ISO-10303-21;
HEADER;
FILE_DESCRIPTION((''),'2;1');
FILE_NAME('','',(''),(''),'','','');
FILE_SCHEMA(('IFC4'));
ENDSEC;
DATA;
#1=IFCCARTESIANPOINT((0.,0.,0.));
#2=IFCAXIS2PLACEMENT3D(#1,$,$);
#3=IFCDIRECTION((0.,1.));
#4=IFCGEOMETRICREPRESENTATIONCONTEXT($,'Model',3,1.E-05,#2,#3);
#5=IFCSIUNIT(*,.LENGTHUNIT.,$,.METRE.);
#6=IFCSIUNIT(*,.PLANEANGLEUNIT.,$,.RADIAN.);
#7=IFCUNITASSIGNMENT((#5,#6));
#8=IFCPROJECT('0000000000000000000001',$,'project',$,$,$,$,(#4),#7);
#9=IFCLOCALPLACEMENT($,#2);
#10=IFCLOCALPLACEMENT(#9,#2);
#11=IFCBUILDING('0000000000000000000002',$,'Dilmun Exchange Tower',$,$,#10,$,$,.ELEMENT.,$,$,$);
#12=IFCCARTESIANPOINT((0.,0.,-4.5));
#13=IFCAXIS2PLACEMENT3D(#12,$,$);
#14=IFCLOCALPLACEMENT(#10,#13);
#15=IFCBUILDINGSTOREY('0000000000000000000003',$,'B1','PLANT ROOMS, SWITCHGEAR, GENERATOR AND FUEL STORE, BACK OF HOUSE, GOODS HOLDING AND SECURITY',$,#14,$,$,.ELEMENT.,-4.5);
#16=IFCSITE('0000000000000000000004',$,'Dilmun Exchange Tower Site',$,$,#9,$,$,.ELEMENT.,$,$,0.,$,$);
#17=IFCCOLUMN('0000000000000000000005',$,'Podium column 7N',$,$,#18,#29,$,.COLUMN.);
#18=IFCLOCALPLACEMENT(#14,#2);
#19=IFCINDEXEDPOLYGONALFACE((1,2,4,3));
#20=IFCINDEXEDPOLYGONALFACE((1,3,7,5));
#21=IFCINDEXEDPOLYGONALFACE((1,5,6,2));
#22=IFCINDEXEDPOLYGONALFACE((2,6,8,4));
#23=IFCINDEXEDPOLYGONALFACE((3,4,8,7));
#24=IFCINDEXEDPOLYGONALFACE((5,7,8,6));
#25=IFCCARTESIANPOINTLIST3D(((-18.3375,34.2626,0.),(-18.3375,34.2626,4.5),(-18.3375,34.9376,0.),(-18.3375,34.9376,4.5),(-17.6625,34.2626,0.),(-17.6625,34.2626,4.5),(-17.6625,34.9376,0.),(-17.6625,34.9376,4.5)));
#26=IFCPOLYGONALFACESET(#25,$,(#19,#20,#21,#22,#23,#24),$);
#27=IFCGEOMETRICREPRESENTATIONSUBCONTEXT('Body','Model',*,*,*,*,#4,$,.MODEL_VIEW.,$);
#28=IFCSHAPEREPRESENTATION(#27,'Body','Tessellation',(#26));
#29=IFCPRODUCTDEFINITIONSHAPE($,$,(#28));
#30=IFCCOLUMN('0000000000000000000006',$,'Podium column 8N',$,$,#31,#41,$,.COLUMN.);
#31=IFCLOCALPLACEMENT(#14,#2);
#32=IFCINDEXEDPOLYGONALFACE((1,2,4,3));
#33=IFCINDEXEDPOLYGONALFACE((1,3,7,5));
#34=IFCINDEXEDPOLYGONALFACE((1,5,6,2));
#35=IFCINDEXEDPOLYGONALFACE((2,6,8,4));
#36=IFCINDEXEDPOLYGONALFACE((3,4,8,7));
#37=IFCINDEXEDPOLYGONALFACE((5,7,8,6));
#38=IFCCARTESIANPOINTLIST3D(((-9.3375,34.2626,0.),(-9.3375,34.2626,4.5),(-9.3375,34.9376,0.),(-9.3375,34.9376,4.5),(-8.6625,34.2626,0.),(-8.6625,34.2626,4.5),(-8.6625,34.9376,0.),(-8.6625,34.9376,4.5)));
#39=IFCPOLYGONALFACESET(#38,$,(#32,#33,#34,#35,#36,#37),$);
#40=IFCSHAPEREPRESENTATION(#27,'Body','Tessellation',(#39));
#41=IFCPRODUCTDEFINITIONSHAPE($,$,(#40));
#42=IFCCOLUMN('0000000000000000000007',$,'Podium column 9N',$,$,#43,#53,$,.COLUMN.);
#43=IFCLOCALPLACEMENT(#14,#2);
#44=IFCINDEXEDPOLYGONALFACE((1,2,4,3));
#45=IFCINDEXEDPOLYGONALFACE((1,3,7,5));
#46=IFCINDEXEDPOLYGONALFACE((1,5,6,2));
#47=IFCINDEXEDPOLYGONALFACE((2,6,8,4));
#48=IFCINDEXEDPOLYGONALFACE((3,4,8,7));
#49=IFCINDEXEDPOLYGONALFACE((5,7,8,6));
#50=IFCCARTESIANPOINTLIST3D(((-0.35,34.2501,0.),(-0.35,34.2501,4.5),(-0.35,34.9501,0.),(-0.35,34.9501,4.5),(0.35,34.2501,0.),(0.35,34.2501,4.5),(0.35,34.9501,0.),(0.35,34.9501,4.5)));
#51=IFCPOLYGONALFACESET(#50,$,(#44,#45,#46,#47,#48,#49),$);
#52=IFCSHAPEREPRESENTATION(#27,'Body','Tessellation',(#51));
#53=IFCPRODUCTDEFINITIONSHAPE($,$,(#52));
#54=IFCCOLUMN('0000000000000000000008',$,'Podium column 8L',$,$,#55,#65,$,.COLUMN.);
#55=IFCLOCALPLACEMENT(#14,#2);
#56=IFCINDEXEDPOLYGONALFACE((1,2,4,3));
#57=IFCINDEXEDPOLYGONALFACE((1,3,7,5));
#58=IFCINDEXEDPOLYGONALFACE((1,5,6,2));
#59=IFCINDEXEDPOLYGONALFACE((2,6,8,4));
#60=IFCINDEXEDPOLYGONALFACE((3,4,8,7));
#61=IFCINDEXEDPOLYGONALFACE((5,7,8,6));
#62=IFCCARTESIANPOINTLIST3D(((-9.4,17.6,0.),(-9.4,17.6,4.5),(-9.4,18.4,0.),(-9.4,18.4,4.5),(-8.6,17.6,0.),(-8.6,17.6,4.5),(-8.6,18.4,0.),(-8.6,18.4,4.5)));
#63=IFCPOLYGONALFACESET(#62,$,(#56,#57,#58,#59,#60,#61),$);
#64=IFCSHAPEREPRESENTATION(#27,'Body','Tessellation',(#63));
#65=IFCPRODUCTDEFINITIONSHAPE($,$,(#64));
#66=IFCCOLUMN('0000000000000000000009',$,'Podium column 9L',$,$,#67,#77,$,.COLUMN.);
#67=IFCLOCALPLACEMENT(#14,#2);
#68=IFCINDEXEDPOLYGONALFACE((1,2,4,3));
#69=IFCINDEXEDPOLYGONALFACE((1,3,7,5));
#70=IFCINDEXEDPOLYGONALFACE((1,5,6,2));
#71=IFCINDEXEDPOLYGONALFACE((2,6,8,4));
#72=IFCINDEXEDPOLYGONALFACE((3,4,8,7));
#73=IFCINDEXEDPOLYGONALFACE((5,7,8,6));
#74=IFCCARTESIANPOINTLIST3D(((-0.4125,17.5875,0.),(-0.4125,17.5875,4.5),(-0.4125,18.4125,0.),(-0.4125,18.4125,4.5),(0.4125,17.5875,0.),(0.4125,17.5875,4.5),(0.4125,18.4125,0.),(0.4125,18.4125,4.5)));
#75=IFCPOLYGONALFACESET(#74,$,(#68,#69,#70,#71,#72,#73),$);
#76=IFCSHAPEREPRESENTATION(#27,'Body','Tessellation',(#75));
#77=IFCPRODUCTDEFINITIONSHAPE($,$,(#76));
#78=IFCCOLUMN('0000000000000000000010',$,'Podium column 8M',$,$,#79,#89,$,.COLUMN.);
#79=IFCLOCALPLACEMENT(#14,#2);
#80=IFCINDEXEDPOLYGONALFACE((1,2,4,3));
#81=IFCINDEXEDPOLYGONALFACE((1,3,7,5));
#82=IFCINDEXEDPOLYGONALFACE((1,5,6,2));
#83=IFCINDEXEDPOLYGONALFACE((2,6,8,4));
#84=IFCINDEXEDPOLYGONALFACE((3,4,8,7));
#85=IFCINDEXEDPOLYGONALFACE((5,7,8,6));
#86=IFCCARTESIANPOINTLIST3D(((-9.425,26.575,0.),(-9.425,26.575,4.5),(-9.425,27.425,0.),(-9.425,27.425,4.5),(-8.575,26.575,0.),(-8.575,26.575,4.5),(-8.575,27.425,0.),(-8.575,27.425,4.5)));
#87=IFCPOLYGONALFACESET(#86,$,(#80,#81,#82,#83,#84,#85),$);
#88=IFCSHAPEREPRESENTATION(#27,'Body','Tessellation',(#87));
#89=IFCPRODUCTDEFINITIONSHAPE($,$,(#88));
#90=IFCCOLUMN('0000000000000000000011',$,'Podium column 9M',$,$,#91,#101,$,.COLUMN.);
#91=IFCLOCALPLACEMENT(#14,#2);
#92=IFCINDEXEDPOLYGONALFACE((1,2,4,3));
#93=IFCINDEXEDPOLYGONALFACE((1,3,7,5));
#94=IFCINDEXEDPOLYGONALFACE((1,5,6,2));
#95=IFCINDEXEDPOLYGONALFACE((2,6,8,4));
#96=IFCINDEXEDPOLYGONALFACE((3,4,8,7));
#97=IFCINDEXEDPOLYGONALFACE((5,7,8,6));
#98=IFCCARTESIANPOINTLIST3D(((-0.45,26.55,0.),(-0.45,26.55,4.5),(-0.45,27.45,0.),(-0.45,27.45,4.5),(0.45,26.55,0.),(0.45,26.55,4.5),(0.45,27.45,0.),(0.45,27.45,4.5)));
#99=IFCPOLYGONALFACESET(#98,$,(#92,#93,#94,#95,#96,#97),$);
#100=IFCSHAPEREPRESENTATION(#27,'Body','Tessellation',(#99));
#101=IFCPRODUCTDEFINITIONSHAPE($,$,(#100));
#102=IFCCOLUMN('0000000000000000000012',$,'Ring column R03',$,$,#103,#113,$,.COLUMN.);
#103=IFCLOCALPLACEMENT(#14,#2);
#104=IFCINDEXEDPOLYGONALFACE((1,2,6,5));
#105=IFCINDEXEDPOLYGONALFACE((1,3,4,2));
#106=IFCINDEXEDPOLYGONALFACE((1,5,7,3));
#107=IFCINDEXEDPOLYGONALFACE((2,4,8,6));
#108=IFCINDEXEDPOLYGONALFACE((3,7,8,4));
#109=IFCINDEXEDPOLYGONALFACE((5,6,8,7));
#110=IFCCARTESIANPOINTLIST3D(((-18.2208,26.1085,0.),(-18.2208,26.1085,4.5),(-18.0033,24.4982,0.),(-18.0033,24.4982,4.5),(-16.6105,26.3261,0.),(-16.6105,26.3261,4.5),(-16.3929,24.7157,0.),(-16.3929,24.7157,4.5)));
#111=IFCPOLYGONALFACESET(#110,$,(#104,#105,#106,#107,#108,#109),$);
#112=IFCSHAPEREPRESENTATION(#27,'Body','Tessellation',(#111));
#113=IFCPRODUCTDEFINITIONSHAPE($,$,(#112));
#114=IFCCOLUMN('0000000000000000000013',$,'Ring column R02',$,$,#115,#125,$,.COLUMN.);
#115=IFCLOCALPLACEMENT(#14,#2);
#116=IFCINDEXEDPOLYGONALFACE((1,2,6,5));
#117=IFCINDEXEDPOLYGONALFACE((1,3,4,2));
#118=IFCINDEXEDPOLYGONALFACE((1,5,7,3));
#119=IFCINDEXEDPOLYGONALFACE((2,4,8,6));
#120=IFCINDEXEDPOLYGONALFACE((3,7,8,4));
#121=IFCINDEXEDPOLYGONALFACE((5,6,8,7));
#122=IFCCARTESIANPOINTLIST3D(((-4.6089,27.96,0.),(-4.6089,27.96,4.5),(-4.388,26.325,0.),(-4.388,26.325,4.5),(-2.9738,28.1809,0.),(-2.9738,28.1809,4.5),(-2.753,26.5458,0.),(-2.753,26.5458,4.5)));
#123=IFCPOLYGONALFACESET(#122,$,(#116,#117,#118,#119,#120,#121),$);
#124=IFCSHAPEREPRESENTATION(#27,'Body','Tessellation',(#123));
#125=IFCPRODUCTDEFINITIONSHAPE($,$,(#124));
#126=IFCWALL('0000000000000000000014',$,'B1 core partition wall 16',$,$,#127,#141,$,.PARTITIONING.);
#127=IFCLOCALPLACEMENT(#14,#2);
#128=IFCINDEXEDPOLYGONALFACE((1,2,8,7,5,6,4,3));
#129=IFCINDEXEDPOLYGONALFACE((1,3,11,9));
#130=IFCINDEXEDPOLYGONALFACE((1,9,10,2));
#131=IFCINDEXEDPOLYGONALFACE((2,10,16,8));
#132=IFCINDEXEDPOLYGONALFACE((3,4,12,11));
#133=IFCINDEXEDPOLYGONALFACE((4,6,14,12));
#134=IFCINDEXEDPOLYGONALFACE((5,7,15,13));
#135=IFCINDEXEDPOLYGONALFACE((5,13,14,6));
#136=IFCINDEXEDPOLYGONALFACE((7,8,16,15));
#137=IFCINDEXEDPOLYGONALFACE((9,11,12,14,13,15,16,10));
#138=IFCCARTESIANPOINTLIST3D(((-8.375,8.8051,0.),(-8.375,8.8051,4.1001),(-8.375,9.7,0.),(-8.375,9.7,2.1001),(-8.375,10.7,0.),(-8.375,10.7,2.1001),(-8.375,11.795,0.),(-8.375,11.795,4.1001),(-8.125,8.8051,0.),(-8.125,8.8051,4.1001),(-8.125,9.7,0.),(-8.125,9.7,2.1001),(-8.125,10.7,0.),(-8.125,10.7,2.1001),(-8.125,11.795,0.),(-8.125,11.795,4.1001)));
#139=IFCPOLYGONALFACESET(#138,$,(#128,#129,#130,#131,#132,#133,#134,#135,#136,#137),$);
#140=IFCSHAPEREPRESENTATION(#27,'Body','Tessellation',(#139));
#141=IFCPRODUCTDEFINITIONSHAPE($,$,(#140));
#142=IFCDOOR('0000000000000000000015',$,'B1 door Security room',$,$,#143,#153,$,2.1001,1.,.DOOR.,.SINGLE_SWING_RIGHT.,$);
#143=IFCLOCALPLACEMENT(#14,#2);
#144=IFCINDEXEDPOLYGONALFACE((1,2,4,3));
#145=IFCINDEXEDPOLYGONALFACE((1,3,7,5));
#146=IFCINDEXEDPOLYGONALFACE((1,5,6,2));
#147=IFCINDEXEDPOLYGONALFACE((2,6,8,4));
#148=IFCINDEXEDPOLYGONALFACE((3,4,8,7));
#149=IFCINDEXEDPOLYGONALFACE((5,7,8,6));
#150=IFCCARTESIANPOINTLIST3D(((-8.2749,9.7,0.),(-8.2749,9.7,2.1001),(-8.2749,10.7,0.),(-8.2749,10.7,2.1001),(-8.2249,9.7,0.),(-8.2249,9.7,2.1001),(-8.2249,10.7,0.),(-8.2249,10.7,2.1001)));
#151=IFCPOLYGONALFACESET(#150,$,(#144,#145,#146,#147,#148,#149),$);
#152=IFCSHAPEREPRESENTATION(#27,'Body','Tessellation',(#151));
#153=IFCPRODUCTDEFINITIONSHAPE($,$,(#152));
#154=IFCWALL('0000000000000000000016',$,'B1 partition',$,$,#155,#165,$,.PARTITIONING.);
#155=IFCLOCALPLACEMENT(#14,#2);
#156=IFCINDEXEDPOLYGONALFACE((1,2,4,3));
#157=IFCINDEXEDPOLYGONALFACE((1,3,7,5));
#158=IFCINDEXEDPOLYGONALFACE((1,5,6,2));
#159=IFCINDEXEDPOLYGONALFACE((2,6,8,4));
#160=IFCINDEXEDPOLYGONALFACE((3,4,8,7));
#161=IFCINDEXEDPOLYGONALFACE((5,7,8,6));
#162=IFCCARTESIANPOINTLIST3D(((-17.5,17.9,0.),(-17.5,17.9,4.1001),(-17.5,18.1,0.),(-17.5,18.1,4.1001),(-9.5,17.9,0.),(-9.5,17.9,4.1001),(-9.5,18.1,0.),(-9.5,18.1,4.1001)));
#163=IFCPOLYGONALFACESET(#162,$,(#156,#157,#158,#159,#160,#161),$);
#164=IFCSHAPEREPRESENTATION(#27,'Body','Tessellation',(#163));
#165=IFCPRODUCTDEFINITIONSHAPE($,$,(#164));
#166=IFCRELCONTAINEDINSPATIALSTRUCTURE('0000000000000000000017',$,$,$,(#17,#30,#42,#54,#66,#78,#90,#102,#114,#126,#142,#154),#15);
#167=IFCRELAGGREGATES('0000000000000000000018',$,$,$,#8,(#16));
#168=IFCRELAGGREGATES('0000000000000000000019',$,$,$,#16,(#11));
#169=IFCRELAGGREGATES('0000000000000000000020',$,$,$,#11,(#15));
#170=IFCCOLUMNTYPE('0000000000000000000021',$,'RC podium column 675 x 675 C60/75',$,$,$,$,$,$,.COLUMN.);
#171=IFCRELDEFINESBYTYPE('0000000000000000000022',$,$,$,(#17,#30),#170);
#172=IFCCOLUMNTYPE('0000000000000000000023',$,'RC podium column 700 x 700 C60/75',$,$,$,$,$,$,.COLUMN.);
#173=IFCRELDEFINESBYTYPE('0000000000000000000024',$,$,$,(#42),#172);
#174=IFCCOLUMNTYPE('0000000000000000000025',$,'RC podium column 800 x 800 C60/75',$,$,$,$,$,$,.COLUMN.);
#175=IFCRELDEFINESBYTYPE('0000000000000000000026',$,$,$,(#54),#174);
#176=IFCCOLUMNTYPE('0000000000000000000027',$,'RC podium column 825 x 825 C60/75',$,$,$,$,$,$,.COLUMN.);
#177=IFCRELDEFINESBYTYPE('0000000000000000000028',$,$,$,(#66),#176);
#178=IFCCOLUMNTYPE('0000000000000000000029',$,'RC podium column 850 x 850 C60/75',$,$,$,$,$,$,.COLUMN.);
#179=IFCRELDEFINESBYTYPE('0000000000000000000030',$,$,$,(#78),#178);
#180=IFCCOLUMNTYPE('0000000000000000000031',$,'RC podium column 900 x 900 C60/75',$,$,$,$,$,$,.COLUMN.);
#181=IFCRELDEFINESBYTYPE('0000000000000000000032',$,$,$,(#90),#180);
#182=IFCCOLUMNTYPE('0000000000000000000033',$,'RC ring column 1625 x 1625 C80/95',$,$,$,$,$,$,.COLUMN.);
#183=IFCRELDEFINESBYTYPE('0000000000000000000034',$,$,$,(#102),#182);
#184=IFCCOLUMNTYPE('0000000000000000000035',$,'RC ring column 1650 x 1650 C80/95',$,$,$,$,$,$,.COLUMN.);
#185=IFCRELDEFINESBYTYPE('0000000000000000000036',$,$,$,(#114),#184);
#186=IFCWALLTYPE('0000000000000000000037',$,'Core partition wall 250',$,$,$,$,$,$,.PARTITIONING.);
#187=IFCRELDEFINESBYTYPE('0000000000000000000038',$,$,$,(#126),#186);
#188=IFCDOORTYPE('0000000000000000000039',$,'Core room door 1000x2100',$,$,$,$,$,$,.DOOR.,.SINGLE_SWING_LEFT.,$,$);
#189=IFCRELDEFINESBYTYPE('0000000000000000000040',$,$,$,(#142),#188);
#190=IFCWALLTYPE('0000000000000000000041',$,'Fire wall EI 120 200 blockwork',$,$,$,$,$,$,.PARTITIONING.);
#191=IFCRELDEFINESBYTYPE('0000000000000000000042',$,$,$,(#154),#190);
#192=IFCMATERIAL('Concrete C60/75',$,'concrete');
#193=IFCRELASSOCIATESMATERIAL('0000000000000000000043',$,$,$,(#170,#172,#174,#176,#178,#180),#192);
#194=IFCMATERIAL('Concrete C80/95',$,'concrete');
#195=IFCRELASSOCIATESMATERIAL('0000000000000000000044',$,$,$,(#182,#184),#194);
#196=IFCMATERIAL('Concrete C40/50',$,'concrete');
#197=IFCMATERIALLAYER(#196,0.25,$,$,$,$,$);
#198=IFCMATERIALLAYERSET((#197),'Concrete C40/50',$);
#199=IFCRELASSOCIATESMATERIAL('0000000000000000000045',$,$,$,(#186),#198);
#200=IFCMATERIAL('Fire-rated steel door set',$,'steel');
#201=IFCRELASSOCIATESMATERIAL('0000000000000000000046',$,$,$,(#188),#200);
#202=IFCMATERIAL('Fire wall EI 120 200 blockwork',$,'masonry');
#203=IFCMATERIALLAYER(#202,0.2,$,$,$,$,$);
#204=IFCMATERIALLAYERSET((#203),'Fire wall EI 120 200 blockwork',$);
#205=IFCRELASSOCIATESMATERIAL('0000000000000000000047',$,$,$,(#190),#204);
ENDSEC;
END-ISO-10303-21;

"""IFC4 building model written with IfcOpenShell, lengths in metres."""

from ifc_helpers import new_model, si_unit, direction, frame, frame_2d, origin, origin_2d, place, context, subcontext, project, spatial, rectangle, extrude, material, layer, layer_set, material_profile, profile_set, type_object, element, fill, save


model = new_model("IFC4")

# Units and contexts
model_context = context("Model", 3, precision=1e-05, world=origin(), true_north=direction((0.0, 1.0)))
body_context = subcontext(model_context, "Body", "Model", "MODEL_VIEW")
ifc_project = project(units=[si_unit("LENGTHUNIT", "METRE"), si_unit("PLANEANGLEUNIT", "RADIAN")], contexts=[model_context])

# Site, building, storey
site_placement = place(None, origin())
site = spatial("IfcSite", under=ifc_project, at=site_placement, Name="Dilmun Exchange Tower Site", CompositionType="ELEMENT", RefElevation=0.0)
building_placement = place(site_placement, origin())
building = spatial("IfcBuilding", under=site, at=building_placement, Name="Dilmun Exchange Tower", CompositionType="ELEMENT")
storey_placement = place(building_placement, frame((0.0, 0.0, -4.5)))
storey = spatial("IfcBuildingStorey", under=building, at=storey_placement, Name="B1", Description="PLANT ROOMS, SWITCHGEAR, GENERATOR AND FUEL STORE, BACK OF HOUSE, GOODS HOLDING AND SECURITY", CompositionType="ELEMENT", Elevation=-4.5)

# Columns
ifc_material_1 = material(Name="Concrete C60/75", Category="concrete")
ifc_material_profile_1 = material_profile(ifc_material_1, rectangle(XDim=0.675, YDim=0.675, at=origin_2d()), Name="675 x 675")
ifc_profile_set_1 = profile_set([ifc_material_profile_1], Name="Concrete C60/75")
column_type_1 = type_object("IfcColumnType", Name="RC podium column 675 x 675 C60/75", PredefinedType="COLUMN", material=ifc_profile_set_1)
for number, where, z_axis, x_axis, name in (
    (1, (-18.0, 34.6001, 0.0), (0.0, 0.0, 1.0), (1.0, 0.0, 0.0), "Podium column 7N"),
    (2, (-9.0, 34.6001, 0.0), (0.0, 0.0, 1.0), (1.0, 0.0, 0.0), "Podium column 8N"),
):
    element("IfcColumn", number, at=place(storey_placement, frame(where, z_axis=z_axis, x_axis=x_axis)), inside=storey, type_object=column_type_1, Name=name, PredefinedType="COLUMN", context=body_context, shape_type="SweptSolid", body=[
        extrude(rectangle(XDim=0.675, YDim=0.675, at=origin_2d()), origin(), (0.0, 0.0, 1.0), 4.5),
    ])
ifc_material_profile_2 = material_profile(ifc_material_1, rectangle(XDim=0.7, YDim=0.7, at=origin_2d()), Name="700 x 700")
ifc_profile_set_2 = profile_set([ifc_material_profile_2], Name="Concrete C60/75")
column_type_2 = type_object("IfcColumnType", Name="RC podium column 700 x 700 C60/75", PredefinedType="COLUMN", material=ifc_profile_set_2)
column_1_placement = place(storey_placement, frame((0.0, 34.6001, 0.0), z_axis=(0.0, 0.0, 1.0), x_axis=(1.0, 0.0, 0.0)))
element("IfcColumn", 3, at=column_1_placement, inside=storey, type_object=column_type_2, Name="Podium column 9N", PredefinedType="COLUMN", context=body_context, shape_type="SweptSolid", body=[
    extrude(rectangle(XDim=0.7, YDim=0.7, at=origin_2d()), origin(), (0.0, 0.0, 1.0), 4.5),
])
ifc_material_profile_3 = material_profile(ifc_material_1, rectangle(XDim=0.8, YDim=0.8, at=origin_2d()), Name="800 x 800")
ifc_profile_set_3 = profile_set([ifc_material_profile_3], Name="Concrete C60/75")
column_type_3 = type_object("IfcColumnType", Name="RC podium column 800 x 800 C60/75", PredefinedType="COLUMN", material=ifc_profile_set_3)
column_2_placement = place(storey_placement, frame((-9.0, 18.0, 0.0), z_axis=(0.0, 0.0, 1.0), x_axis=(1.0, 0.0, 0.0)))
element("IfcColumn", 4, at=column_2_placement, inside=storey, type_object=column_type_3, Name="Podium column 8L", PredefinedType="COLUMN", context=body_context, shape_type="SweptSolid", body=[
    extrude(rectangle(XDim=0.8, YDim=0.8, at=origin_2d()), origin(), (0.0, 0.0, 1.0), 4.5),
])
ifc_material_profile_4 = material_profile(ifc_material_1, rectangle(XDim=0.825, YDim=0.825, at=origin_2d()), Name="825 x 825")
ifc_profile_set_4 = profile_set([ifc_material_profile_4], Name="Concrete C60/75")
column_type_4 = type_object("IfcColumnType", Name="RC podium column 825 x 825 C60/75", PredefinedType="COLUMN", material=ifc_profile_set_4)
column_3_placement = place(storey_placement, frame((0.0, 18.0, 0.0), z_axis=(0.0, 0.0, 1.0), x_axis=(1.0, 0.0, 0.0)))
element("IfcColumn", 5, at=column_3_placement, inside=storey, type_object=column_type_4, Name="Podium column 9L", PredefinedType="COLUMN", context=body_context, shape_type="SweptSolid", body=[
    extrude(rectangle(XDim=0.825, YDim=0.825, at=origin_2d()), origin(), (0.0, 0.0, 1.0), 4.5),
])
ifc_material_profile_5 = material_profile(ifc_material_1, rectangle(XDim=0.8501, YDim=0.8501, at=origin_2d()), Name="850 x 850")
ifc_profile_set_5 = profile_set([ifc_material_profile_5], Name="Concrete C60/75")
column_type_5 = type_object("IfcColumnType", Name="RC podium column 850 x 850 C60/75", PredefinedType="COLUMN", material=ifc_profile_set_5)
column_4_placement = place(storey_placement, frame((-9.0, 27.0, 0.0), z_axis=(0.0, 0.0, 1.0), x_axis=(1.0, 0.0, 0.0)))
element("IfcColumn", 6, at=column_4_placement, inside=storey, type_object=column_type_5, Name="Podium column 8M", PredefinedType="COLUMN", context=body_context, shape_type="SweptSolid", body=[
    extrude(rectangle(XDim=0.8501, YDim=0.8501, at=origin_2d()), origin(), (0.0, 0.0, 1.0), 4.5),
])
ifc_material_profile_6 = material_profile(ifc_material_1, rectangle(XDim=0.8999, YDim=0.8999, at=origin_2d()), Name="900 x 900")
ifc_profile_set_6 = profile_set([ifc_material_profile_6], Name="Concrete C60/75")
column_type_6 = type_object("IfcColumnType", Name="RC podium column 900 x 900 C60/75", PredefinedType="COLUMN", material=ifc_profile_set_6)
column_5_placement = place(storey_placement, frame((0.0, 27.0, 0.0), z_axis=(0.0, 0.0, 1.0), x_axis=(1.0, 0.0, 0.0)))
element("IfcColumn", 7, at=column_5_placement, inside=storey, type_object=column_type_6, Name="Podium column 9M", PredefinedType="COLUMN", context=body_context, shape_type="SweptSolid", body=[
    extrude(rectangle(XDim=0.8999, YDim=0.8999, at=origin_2d()), origin(), (0.0, 0.0, 1.0), 4.5),
])
ifc_material_2 = material(Name="Concrete C80/95", Category="concrete")
ifc_material_profile_7 = material_profile(ifc_material_2, rectangle(XDim=1.625, YDim=1.625, at=origin_2d()), Name="1625 x 1625")
ifc_profile_set_7 = profile_set([ifc_material_profile_7], Name="Concrete C80/95")
column_type_7 = type_object("IfcColumnType", Name="RC ring column 1625 x 1625 C80/95", PredefinedType="COLUMN", material=ifc_profile_set_7)
column_6_placement = place(storey_placement, frame((-17.3069, 25.4121, 0.0), z_axis=(0.0, 0.0, 1.0), x_axis=(0.991001, 0.133853, 0.0)))
element("IfcColumn", 8, at=column_6_placement, inside=storey, type_object=column_type_7, Name="Ring column R03", PredefinedType="COLUMN", context=body_context, shape_type="SweptSolid", body=[
    extrude(rectangle(XDim=1.625, YDim=1.625, at=origin_2d()), origin(), (0.0, 0.0, 1.0), 4.5),
])
ifc_material_profile_8 = material_profile(ifc_material_2, rectangle(XDim=1.6499, YDim=1.6499, at=origin_2d()), Name="1650 x 1650")
ifc_profile_set_8 = profile_set([ifc_material_profile_8], Name="Concrete C80/95")
column_type_8 = type_object("IfcColumnType", Name="RC ring column 1650 x 1650 C80/95", PredefinedType="COLUMN", material=ifc_profile_set_8)
column_7_placement = place(storey_placement, frame((-3.6809, 27.2529, 0.0), z_axis=(0.0, 0.0, 1.0), x_axis=(0.991001, 0.133853, 0.0)))
element("IfcColumn", 9, at=column_7_placement, inside=storey, type_object=column_type_8, Name="Ring column R02", PredefinedType="COLUMN", context=body_context, shape_type="SweptSolid", body=[
    extrude(rectangle(XDim=1.6499, YDim=1.6499, at=origin_2d()), origin(), (0.0, 0.0, 1.0), 4.5),
])

# Wall, opening, door
ifc_material_3 = material(Name="Concrete C40/50", Category="concrete")
ifc_layer_1 = layer(ifc_material_3, 0.25)
ifc_layer_set_1 = layer_set([ifc_layer_1], Name="Concrete C40/50")
wall_type_1 = type_object("IfcWallType", Name="Core partition wall 250", PredefinedType="PARTITIONING", material=ifc_layer_set_1)
wall_1_placement = place(storey_placement, frame((-8.25, 8.8049, 0.0), z_axis=(0.0, 0.0, 1.0), x_axis=(0.0, 1.0, 0.0)))
wall_1 = element("IfcWall", 10, at=wall_1_placement, inside=storey, type_object=wall_type_1, Name="B1 core partition wall 16", PredefinedType="PARTITIONING", context=body_context, shape_type="SweptSolid", body=[
    extrude(rectangle(XDim=2.99, YDim=0.25, at=frame_2d((1.4951, 0.0))), origin(), (0.0, 0.0, 1.0), 4.1001),
])
opening_1_placement = place(wall_1_placement, frame((0.895, 0.0, 0.0)))
opening_1 = element("IfcOpeningElement", 11, at=opening_1_placement, cuts=wall_1, PredefinedType="OPENING", context=body_context, shape_type="SweptSolid", body=[
    extrude(rectangle(XDim=1.0, YDim=2.1001, at=frame_2d((0.5, 1.05))), frame((0.0, 0.135, 0.0), z_axis=(0.0, -1.0, 0.0), x_axis=(1.0, 0.0, 0.0)), (0.0, 0.0, 1.0), 0.27),
])
ifc_material_4 = material(Name="Fire-rated steel door set", Category="steel")
door_type_1 = type_object("IfcDoorType", Name="Core room door 1000x2100", OperationType="SINGLE_SWING_LEFT", PredefinedType="DOOR", material=ifc_material_4)
door_1_placement = place(opening_1_placement, origin())
door_1 = element("IfcDoor", 12, at=door_1_placement, inside=storey, type_object=door_type_1, Name="B1 door Security room", OperationType="SINGLE_SWING_RIGHT", OverallHeight=2.1001, OverallWidth=1.0, PredefinedType="DOOR", context=body_context, shape_type="SweptSolid", body=[
    extrude(rectangle(XDim=1.0, YDim=2.1001, at=frame_2d((0.5, 1.05))), frame((0.0, 0.0249, 0.0), z_axis=(0.0, -1.0, 0.0), x_axis=(1.0, 0.0, 0.0)), (0.0, 0.0, 1.0), 0.05),
])
fill(opening_1, door_1)

# Wall
ifc_material_5 = material(Name="Fire wall EI 120 200 blockwork", Category="masonry")
ifc_layer_2 = layer(ifc_material_5, 0.2)
ifc_layer_set_2 = layer_set([ifc_layer_2], Name="Fire wall EI 120 200 blockwork")
wall_type_2 = type_object("IfcWallType", Name="Fire wall EI 120 200 blockwork", PredefinedType="PARTITIONING", material=ifc_layer_set_2)
wall_2_placement = place(storey_placement, frame((-17.5, 18.0, 0.0), z_axis=(0.0, 0.0, 1.0), x_axis=(1.0, 0.0, 0.0)))
element("IfcWall", 13, at=wall_2_placement, inside=storey, type_object=wall_type_2, Name="B1 partition", PredefinedType="PARTITIONING", context=body_context, shape_type="SweptSolid", body=[
    extrude(rectangle(XDim=8.0, YDim=0.2, at=frame_2d((4.0, 0.0))), origin(), (0.0, 0.0, 1.0), 4.1001),
])

save(model, "model.ifc")
